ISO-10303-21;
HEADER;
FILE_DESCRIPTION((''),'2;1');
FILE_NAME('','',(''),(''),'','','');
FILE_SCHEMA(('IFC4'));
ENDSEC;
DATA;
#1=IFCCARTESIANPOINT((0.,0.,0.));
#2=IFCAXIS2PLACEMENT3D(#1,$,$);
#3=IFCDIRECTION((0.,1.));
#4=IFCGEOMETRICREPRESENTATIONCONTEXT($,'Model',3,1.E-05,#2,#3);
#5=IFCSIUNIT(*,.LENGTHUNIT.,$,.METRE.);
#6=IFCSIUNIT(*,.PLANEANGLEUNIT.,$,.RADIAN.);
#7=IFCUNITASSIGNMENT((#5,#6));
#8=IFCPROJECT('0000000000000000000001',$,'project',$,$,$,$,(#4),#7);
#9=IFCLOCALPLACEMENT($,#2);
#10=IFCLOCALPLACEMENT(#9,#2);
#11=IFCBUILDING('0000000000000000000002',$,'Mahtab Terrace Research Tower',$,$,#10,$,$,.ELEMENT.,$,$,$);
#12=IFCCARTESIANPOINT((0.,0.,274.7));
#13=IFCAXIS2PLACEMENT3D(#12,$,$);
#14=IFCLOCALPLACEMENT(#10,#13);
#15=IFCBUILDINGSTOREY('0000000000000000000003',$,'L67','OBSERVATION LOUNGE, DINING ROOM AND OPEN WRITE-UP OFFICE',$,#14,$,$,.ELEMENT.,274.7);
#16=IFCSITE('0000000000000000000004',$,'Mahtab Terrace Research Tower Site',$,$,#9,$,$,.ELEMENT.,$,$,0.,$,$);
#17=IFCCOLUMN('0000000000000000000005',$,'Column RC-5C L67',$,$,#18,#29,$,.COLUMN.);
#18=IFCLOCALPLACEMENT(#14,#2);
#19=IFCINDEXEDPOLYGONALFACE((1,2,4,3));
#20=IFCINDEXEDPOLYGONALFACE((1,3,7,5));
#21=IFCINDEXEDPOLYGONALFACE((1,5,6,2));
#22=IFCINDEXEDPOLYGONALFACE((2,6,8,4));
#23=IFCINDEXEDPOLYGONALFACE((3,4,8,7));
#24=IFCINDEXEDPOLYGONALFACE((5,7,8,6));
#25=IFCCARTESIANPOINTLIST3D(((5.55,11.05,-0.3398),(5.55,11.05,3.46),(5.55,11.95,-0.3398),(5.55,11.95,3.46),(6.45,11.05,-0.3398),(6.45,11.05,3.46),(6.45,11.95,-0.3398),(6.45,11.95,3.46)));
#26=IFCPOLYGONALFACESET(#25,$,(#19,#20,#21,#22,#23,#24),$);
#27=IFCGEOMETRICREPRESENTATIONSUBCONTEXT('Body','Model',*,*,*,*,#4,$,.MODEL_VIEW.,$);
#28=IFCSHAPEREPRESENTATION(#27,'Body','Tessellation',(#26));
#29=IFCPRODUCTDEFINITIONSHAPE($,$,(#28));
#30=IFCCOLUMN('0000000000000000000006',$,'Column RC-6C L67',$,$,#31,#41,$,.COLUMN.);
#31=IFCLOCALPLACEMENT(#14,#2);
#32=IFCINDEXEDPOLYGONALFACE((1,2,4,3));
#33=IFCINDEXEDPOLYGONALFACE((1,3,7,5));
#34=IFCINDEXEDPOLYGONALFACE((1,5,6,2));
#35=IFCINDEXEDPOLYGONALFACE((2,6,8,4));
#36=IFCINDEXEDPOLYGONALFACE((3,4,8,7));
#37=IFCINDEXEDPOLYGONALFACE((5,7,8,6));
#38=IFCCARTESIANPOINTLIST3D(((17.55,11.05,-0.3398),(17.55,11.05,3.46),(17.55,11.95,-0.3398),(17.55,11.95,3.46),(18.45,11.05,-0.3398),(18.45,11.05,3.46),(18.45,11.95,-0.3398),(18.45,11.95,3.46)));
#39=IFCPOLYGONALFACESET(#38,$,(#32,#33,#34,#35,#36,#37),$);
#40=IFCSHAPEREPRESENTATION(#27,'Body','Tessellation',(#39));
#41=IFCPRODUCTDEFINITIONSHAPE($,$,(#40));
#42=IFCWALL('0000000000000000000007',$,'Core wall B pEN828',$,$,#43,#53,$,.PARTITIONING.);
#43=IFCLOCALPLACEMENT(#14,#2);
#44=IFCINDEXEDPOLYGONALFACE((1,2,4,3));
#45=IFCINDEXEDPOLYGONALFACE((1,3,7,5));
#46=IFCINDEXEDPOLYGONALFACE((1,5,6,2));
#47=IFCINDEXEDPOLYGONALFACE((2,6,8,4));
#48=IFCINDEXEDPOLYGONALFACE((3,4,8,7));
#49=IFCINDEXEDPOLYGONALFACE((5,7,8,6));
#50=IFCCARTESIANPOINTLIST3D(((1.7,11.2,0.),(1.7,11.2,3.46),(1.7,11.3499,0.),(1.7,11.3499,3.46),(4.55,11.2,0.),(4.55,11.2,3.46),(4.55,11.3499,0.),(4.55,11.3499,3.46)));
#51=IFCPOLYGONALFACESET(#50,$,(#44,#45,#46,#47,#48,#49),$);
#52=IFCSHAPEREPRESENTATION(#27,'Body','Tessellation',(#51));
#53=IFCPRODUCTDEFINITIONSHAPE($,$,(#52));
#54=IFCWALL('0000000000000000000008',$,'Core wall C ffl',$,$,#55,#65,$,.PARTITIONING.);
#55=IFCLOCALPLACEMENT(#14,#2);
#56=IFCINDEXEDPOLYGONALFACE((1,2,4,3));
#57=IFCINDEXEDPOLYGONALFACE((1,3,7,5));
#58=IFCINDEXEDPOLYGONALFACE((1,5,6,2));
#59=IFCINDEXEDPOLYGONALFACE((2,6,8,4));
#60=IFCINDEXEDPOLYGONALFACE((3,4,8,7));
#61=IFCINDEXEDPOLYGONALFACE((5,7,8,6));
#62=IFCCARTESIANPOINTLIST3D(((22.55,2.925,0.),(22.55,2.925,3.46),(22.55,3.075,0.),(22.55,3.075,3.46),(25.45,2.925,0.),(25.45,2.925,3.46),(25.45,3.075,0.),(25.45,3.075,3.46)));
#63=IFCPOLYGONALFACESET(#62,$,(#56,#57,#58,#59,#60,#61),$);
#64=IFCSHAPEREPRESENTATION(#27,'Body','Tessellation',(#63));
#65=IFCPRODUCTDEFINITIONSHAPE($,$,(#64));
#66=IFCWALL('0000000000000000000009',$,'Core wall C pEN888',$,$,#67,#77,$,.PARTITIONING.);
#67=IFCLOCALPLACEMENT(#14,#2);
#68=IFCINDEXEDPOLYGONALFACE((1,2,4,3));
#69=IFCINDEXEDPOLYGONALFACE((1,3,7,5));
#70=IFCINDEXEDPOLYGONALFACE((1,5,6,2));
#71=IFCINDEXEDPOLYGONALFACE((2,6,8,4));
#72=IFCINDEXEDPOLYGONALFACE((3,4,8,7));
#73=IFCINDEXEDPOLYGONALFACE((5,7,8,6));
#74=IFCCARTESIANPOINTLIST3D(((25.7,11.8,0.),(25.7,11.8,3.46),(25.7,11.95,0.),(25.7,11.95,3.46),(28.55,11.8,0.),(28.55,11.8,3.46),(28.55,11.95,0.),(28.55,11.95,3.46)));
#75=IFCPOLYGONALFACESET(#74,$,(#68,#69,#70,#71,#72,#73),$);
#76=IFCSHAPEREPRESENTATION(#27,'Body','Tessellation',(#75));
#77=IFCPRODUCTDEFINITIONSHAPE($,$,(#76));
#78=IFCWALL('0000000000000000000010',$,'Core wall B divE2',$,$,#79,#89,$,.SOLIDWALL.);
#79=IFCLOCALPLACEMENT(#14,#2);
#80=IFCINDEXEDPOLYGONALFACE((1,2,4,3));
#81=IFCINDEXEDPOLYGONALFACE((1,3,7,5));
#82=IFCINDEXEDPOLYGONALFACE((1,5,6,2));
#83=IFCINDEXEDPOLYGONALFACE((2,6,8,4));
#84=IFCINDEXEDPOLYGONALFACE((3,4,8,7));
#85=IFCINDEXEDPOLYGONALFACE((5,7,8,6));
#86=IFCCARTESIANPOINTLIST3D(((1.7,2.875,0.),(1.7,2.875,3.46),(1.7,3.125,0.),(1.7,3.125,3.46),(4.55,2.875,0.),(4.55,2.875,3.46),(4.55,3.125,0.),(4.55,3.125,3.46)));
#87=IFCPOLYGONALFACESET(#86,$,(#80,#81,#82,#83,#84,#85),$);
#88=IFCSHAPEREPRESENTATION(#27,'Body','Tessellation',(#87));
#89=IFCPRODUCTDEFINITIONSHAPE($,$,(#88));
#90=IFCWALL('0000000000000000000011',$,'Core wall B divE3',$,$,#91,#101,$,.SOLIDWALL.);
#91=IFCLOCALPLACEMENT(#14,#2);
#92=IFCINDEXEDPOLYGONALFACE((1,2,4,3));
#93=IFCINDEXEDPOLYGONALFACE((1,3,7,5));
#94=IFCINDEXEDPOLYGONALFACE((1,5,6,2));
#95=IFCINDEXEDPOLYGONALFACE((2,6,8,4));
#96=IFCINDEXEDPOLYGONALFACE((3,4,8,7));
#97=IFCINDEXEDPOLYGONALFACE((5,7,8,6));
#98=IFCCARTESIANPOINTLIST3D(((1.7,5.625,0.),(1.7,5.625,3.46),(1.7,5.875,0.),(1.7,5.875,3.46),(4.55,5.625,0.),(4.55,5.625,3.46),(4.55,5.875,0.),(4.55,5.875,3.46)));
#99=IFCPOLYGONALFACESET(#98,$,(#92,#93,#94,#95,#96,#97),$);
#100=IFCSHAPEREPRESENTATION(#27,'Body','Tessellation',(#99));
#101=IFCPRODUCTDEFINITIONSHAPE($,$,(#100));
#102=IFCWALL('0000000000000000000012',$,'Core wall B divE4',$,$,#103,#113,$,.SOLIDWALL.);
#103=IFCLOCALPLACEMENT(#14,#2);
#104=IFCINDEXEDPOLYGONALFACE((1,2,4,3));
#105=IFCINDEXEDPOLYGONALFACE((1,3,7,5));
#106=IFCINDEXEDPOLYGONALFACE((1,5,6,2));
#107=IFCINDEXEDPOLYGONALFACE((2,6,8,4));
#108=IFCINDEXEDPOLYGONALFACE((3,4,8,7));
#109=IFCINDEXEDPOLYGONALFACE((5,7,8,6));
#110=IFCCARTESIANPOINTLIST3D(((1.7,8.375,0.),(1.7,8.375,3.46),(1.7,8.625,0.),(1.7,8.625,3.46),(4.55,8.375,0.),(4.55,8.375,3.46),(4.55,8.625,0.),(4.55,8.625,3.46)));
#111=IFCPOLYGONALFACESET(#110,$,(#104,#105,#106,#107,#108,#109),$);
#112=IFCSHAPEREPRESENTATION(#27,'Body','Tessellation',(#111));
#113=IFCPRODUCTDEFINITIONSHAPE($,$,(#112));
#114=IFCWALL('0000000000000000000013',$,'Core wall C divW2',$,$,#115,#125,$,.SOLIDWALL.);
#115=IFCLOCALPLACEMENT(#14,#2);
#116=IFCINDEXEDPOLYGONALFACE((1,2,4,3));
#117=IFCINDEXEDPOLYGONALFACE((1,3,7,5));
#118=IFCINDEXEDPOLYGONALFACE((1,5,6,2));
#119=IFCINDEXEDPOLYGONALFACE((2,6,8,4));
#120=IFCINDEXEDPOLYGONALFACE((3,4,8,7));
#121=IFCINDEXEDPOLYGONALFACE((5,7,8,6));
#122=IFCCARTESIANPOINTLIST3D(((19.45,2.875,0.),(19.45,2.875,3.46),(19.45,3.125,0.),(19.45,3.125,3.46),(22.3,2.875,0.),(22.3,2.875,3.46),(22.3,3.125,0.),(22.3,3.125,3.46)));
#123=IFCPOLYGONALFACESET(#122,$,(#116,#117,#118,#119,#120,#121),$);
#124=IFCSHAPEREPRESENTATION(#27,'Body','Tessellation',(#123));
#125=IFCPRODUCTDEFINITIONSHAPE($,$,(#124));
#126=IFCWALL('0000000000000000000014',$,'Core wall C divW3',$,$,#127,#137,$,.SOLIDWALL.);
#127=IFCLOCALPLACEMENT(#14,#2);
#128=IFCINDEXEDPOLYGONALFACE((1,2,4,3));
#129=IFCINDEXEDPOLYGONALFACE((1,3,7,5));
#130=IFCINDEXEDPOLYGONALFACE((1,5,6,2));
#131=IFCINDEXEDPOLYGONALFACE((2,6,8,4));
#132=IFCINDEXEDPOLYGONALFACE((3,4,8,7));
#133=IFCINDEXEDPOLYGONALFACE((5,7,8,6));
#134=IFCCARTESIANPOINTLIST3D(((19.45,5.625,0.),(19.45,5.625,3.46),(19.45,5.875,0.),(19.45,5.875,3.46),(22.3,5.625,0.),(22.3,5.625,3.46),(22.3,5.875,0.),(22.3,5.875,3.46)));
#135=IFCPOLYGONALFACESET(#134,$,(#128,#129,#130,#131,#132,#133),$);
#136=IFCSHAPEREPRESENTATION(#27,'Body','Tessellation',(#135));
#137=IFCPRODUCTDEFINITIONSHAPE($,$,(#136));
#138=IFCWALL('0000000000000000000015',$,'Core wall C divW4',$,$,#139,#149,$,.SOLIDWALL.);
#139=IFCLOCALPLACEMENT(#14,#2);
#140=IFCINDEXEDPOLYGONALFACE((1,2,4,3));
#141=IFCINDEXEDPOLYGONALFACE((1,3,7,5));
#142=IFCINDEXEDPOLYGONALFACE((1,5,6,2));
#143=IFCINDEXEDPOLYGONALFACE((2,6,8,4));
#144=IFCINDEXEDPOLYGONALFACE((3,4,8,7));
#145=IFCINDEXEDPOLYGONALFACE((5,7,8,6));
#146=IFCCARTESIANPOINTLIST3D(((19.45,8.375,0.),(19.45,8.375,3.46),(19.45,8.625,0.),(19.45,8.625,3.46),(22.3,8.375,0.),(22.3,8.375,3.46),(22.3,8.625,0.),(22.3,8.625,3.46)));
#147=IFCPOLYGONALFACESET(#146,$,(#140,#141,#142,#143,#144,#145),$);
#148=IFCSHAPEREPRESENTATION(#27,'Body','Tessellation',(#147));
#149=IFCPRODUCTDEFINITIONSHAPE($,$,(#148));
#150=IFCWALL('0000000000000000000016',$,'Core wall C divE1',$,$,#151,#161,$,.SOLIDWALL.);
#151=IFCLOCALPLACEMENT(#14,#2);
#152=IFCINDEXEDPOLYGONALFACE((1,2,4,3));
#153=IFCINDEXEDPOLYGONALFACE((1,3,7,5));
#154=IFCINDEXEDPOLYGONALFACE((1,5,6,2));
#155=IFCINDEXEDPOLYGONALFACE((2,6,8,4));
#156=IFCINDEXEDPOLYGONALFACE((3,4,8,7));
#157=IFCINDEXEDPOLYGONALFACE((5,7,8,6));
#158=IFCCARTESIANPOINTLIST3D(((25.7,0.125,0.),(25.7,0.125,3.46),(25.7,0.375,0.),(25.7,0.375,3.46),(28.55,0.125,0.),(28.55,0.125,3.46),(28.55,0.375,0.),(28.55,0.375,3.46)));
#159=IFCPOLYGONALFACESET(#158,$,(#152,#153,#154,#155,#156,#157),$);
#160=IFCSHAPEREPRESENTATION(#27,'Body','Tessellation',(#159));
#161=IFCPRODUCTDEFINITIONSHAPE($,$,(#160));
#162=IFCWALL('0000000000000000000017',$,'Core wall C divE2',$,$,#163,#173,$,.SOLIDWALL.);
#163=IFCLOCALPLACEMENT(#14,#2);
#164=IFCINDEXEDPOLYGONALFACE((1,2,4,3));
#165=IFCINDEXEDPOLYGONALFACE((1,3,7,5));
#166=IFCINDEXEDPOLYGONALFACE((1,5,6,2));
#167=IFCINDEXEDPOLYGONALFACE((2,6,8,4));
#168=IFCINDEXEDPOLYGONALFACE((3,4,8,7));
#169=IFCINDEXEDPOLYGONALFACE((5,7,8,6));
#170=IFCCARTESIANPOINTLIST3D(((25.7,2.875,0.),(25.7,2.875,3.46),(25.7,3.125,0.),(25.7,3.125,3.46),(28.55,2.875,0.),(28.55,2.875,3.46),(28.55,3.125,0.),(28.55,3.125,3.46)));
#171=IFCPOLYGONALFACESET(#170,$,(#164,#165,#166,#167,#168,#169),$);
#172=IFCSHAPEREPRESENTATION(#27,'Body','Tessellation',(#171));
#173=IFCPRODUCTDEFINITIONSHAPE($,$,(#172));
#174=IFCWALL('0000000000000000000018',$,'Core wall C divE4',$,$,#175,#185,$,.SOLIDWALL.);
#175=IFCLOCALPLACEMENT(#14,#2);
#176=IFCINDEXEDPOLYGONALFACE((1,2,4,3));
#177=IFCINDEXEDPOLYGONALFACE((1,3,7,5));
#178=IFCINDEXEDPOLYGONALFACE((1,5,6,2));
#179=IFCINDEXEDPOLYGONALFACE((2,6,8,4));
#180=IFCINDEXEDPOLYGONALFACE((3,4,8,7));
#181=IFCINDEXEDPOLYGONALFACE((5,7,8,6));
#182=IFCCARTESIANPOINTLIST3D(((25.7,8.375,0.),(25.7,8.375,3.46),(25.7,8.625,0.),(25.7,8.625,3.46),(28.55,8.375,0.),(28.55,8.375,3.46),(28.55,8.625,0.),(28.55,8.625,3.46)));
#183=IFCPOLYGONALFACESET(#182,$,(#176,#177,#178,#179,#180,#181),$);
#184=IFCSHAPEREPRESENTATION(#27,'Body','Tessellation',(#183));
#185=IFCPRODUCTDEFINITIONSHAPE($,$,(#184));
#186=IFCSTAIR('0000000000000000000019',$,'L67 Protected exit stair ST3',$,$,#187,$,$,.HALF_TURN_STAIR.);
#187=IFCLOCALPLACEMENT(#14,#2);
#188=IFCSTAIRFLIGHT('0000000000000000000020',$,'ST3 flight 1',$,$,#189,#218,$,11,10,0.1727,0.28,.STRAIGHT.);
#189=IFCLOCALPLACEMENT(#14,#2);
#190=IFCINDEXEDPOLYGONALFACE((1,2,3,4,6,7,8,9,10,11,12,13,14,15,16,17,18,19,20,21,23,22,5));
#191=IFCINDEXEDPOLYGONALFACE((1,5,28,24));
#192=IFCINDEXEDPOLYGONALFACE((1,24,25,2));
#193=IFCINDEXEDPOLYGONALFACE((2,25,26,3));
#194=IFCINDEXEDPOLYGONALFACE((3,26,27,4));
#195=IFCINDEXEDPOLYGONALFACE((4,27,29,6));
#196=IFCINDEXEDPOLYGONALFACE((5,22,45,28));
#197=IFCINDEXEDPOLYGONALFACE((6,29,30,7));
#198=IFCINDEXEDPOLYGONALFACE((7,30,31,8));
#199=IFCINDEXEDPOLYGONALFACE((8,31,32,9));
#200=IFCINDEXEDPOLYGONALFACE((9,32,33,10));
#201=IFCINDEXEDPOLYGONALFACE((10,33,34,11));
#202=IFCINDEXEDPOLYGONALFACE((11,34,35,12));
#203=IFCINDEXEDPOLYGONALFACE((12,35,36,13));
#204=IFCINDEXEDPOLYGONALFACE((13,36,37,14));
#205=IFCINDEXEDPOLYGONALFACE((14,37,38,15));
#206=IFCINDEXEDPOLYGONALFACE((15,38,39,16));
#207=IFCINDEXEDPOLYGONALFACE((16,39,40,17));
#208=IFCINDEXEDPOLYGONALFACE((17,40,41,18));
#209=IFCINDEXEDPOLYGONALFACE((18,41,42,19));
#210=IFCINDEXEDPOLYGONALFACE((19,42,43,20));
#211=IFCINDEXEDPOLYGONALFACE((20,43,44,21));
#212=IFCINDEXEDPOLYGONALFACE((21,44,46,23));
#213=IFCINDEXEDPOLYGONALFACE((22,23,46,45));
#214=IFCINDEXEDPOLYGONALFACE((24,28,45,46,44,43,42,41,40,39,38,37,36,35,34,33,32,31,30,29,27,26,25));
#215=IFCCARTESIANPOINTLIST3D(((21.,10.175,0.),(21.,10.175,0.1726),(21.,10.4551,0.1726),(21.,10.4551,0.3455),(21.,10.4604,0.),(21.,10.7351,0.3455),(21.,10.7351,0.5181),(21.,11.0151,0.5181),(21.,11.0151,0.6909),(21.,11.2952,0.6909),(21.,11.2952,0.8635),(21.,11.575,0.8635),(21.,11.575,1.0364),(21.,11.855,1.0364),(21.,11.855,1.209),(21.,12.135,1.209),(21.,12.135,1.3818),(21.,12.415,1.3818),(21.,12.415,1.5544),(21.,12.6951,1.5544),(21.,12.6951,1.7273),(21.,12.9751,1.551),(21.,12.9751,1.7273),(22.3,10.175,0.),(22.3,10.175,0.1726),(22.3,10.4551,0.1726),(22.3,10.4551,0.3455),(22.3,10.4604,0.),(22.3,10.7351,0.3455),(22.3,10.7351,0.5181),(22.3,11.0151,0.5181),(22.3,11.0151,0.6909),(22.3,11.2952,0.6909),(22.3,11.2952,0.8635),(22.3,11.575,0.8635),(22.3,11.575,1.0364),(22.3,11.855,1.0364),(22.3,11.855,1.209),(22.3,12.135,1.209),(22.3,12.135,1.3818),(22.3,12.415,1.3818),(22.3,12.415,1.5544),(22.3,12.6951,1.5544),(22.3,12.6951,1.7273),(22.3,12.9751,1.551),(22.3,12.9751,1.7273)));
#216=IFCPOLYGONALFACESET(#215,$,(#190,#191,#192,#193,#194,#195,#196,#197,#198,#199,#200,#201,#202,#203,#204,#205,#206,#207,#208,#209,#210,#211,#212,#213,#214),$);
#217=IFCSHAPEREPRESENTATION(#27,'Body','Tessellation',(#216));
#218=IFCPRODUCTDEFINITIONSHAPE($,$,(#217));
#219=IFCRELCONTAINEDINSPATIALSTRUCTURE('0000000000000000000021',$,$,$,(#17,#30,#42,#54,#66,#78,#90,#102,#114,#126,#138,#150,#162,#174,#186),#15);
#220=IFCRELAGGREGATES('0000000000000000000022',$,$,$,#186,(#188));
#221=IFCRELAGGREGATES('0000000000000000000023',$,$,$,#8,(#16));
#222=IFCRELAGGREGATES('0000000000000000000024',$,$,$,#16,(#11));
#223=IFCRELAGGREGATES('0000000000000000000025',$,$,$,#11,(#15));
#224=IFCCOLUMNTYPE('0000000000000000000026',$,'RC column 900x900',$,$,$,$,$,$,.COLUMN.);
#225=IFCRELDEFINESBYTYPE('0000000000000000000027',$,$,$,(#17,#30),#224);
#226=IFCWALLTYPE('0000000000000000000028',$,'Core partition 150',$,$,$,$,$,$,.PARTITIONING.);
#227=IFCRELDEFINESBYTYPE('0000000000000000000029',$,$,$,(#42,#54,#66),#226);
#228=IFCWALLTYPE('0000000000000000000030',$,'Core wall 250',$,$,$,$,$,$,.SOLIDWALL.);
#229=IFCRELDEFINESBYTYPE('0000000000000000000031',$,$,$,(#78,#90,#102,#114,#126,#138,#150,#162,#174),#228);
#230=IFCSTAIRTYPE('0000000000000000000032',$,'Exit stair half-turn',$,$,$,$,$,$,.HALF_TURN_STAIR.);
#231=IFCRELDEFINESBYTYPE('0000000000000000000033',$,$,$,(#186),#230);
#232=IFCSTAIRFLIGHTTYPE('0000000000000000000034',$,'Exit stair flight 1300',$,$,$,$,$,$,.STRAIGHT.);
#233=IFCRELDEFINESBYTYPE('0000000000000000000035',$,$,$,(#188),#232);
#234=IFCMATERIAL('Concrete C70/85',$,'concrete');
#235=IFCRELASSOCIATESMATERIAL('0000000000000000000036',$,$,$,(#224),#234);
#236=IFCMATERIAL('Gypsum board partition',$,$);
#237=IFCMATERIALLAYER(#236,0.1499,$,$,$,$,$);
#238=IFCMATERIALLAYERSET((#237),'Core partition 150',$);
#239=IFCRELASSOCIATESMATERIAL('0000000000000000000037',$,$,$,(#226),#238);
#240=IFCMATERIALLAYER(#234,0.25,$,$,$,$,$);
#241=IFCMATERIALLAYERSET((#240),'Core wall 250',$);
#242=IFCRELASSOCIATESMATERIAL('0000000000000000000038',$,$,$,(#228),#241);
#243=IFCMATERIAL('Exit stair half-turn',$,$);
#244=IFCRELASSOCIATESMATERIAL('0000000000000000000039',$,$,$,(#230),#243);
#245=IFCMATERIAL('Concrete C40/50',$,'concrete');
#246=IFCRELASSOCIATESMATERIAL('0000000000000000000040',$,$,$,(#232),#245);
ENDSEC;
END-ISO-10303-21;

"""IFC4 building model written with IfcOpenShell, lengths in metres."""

from ifc_helpers import new_model, si_unit, direction, frame, frame_2d, origin, origin_2d, place, context, subcontext, project, spatial, polyline, rectangle, outline, extrude, material, layer, layer_set, material_profile, profile_set, type_object, element, aggregate, save


model = new_model("IFC4")

# Units and contexts
model_context = context("Model", 3, precision=1e-05, world=origin(), true_north=direction((0.0, 1.0)))
body_context = subcontext(model_context, "Body", "Model", "MODEL_VIEW")
ifc_project = project(units=[si_unit("LENGTHUNIT", "METRE"), si_unit("PLANEANGLEUNIT", "RADIAN")], contexts=[model_context])

# Site, building, storey
site_placement = place(None, origin())
site = spatial("IfcSite", under=ifc_project, at=site_placement, Name="Mahtab Terrace Research Tower Site", CompositionType="ELEMENT", RefElevation=0.0)
building_placement = place(site_placement, origin())
building = spatial("IfcBuilding", under=site, at=building_placement, Name="Mahtab Terrace Research Tower", CompositionType="ELEMENT")
storey_placement = place(building_placement, frame((0.0, 0.0, 274.7)))
storey = spatial("IfcBuildingStorey", under=building, at=storey_placement, Name="L67", Description="OBSERVATION LOUNGE, DINING ROOM AND OPEN WRITE-UP OFFICE", CompositionType="ELEMENT", Elevation=274.7)

# Columns
ifc_material_1 = material(Name="Concrete C70/85", Category="concrete")
ifc_material_profile = material_profile(ifc_material_1, rectangle(XDim=0.8999, YDim=0.8999, at=origin_2d()), Name="RC column 900x900")
ifc_profile_set = profile_set([ifc_material_profile], Name="Concrete C70/85")
column_type = type_object("IfcColumnType", Name="RC column 900x900", PredefinedType="COLUMN", material=ifc_profile_set)
for number, where, z_axis, x_axis, name in (
    (1, (6.0, 11.5, -0.3398), (0.0, 0.0, 1.0), (1.0, 0.0, 0.0), "Column RC-5C L67"),
    (2, (18.0, 11.5, -0.3398), (0.0, 0.0, 1.0), (1.0, 0.0, 0.0), "Column RC-6C L67"),
):
    element("IfcColumn", number, at=place(storey_placement, frame(where, z_axis=z_axis, x_axis=x_axis)), inside=storey, type_object=column_type, Name=name, PredefinedType="COLUMN", context=body_context, shape_type="SweptSolid", body=[
        extrude(rectangle(XDim=0.8999, YDim=0.8999, at=origin_2d()), origin(), (0.0, 0.0, 1.0), 3.7998),
    ])

# Walls
ifc_material_2 = material(Name="Gypsum board partition")
ifc_layer_1 = layer(ifc_material_2, 0.1499)
ifc_layer_set_1 = layer_set([ifc_layer_1], Name="Core partition 150")
wall_type_1 = type_object("IfcWallType", Name="Core partition 150", PredefinedType="PARTITIONING", material=ifc_layer_set_1)
wall_1_placement = place(storey_placement, frame((1.7, 11.2749, 0.0), z_axis=(0.0, 0.0, 1.0), x_axis=(1.0, 0.0, 0.0)))
element("IfcWall", 3, at=wall_1_placement, inside=storey, type_object=wall_type_1, Name="Core wall B pEN828", PredefinedType="PARTITIONING", context=body_context, shape_type="SweptSolid", body=[
    extrude(rectangle(XDim=2.8501, YDim=0.1499, at=frame_2d((1.425, 0.0))), origin(), (0.0, 0.0, 1.0), 3.46),
])
wall_2_placement = place(storey_placement, frame((22.55, 3.0, 0.0), z_axis=(0.0, 0.0, 1.0), x_axis=(1.0, 0.0, 0.0)))
element("IfcWall", 4, at=wall_2_placement, inside=storey, type_object=wall_type_1, Name="Core wall C ffl", PredefinedType="PARTITIONING", context=body_context, shape_type="SweptSolid", body=[
    extrude(rectangle(XDim=2.8999, YDim=0.1499, at=frame_2d((1.45, 0.0))), origin(), (0.0, 0.0, 1.0), 3.46),
])
wall_3_placement = place(storey_placement, frame((25.7, 11.875, 0.0), z_axis=(0.0, 0.0, 1.0), x_axis=(1.0, 0.0, 0.0)))
element("IfcWall", 5, at=wall_3_placement, inside=storey, type_object=wall_type_1, Name="Core wall C pEN888", PredefinedType="PARTITIONING", context=body_context, shape_type="SweptSolid", body=[
    extrude(rectangle(XDim=2.8501, YDim=0.1499, at=frame_2d((1.425, 0.0))), origin(), (0.0, 0.0, 1.0), 3.46),
])
ifc_layer_2 = layer(ifc_material_1, 0.25)
ifc_layer_set_2 = layer_set([ifc_layer_2], Name="Core wall 250")
wall_type_2 = type_object("IfcWallType", Name="Core wall 250", PredefinedType="SOLIDWALL", material=ifc_layer_set_2)
for number, where, z_axis, x_axis, name in (
    (6, (1.7, 3.0, 0.0), (0.0, 0.0, 1.0), (1.0, 0.0, 0.0), "Core wall B divE2"),
    (7, (1.7, 5.75, 0.0), (0.0, 0.0, 1.0), (1.0, 0.0, 0.0), "Core wall B divE3"),
    (8, (1.7, 8.5, 0.0), (0.0, 0.0, 1.0), (1.0, 0.0, 0.0), "Core wall B divE4"),
    (9, (19.45, 3.0, 0.0), (0.0, 0.0, 1.0), (1.0, 0.0, 0.0), "Core wall C divW2"),
    (10, (19.45, 5.75, 0.0), (0.0, 0.0, 1.0), (1.0, 0.0, 0.0), "Core wall C divW3"),
    (11, (19.45, 8.5, 0.0), (0.0, 0.0, 1.0), (1.0, 0.0, 0.0), "Core wall C divW4"),
    (12, (25.7, 0.25, 0.0), (0.0, 0.0, 1.0), (1.0, 0.0, 0.0), "Core wall C divE1"),
    (13, (25.7, 3.0, 0.0), (0.0, 0.0, 1.0), (1.0, 0.0, 0.0), "Core wall C divE2"),
    (14, (25.7, 8.5, 0.0), (0.0, 0.0, 1.0), (1.0, 0.0, 0.0), "Core wall C divE4"),
):
    element("IfcWall", number, at=place(storey_placement, frame(where, z_axis=z_axis, x_axis=x_axis)), inside=storey, type_object=wall_type_2, Name=name, PredefinedType="SOLIDWALL", context=body_context, shape_type="SweptSolid", body=[
        extrude(rectangle(XDim=2.8501, YDim=0.25, at=frame_2d((1.425, 0.0))), origin(), (0.0, 0.0, 1.0), 3.46),
    ])

# Stair, stair flight
ifc_material_3 = material(Name="Exit stair half-turn")
stair_type = type_object("IfcStairType", Name="Exit stair half-turn", PredefinedType="HALF_TURN_STAIR", material=ifc_material_3)
stair_placement = place(storey_placement, origin())
stair = element("IfcStair", 15, at=stair_placement, inside=storey, type_object=stair_type, Name="L67 Protected exit stair ST3", PredefinedType="HALF_TURN_STAIR")
ifc_material_4 = material(Name="Concrete C40/50", Category="concrete")
stair_flight_type = type_object("IfcStairFlightType", Name="Exit stair flight 1300", PredefinedType="STRAIGHT", material=ifc_material_4)
stair_flight_placement = place(storey_placement, frame((21.6499, 10.175, 0.0), z_axis=(0.0, 0.0, 1.0), x_axis=(0.0, 1.0, 0.0)))
stair_flight = element("IfcStairFlight", 16, at=stair_flight_placement, type_object=stair_flight_type, Name="ST3 flight 1", NumberOfRisers=11, NumberOfTreads=10, PredefinedType="STRAIGHT", RiserHeight=0.1727, TreadLength=0.28, context=body_context, shape_type="SweptSolid", body=[
    extrude(outline(polyline([(0.0, 0.0), (0.0, 0.1726), (0.28, 0.1726), (0.28, 0.3455), (0.5601, 0.3455), (0.5601, 0.5181), (0.8401, 0.5181), (0.8401, 0.6909), (1.1201, 0.6909), (1.1201, 0.8635), (1.3999, 0.8635), (1.3999, 1.0364), (1.6799, 1.0364), (1.6799, 1.209), (1.96, 1.209), (1.96, 1.3818), (2.24, 1.3818), (2.24, 1.5544), (2.52, 1.5544), (2.52, 1.7273), (2.8, 1.7273), (2.8, 1.8999), (2.8, 1.551), (0.2854, 0.0), (0.0, 0.0)])), frame((0.0, 0.6499, 0.0), z_axis=(0.0, -1.0, 0.0), x_axis=(1.0, 0.0, 0.0)), (0.0, 0.0, 1.0), 1.3),
])
aggregate(stair, [stair_flight])

save(model, "model.ifc")
